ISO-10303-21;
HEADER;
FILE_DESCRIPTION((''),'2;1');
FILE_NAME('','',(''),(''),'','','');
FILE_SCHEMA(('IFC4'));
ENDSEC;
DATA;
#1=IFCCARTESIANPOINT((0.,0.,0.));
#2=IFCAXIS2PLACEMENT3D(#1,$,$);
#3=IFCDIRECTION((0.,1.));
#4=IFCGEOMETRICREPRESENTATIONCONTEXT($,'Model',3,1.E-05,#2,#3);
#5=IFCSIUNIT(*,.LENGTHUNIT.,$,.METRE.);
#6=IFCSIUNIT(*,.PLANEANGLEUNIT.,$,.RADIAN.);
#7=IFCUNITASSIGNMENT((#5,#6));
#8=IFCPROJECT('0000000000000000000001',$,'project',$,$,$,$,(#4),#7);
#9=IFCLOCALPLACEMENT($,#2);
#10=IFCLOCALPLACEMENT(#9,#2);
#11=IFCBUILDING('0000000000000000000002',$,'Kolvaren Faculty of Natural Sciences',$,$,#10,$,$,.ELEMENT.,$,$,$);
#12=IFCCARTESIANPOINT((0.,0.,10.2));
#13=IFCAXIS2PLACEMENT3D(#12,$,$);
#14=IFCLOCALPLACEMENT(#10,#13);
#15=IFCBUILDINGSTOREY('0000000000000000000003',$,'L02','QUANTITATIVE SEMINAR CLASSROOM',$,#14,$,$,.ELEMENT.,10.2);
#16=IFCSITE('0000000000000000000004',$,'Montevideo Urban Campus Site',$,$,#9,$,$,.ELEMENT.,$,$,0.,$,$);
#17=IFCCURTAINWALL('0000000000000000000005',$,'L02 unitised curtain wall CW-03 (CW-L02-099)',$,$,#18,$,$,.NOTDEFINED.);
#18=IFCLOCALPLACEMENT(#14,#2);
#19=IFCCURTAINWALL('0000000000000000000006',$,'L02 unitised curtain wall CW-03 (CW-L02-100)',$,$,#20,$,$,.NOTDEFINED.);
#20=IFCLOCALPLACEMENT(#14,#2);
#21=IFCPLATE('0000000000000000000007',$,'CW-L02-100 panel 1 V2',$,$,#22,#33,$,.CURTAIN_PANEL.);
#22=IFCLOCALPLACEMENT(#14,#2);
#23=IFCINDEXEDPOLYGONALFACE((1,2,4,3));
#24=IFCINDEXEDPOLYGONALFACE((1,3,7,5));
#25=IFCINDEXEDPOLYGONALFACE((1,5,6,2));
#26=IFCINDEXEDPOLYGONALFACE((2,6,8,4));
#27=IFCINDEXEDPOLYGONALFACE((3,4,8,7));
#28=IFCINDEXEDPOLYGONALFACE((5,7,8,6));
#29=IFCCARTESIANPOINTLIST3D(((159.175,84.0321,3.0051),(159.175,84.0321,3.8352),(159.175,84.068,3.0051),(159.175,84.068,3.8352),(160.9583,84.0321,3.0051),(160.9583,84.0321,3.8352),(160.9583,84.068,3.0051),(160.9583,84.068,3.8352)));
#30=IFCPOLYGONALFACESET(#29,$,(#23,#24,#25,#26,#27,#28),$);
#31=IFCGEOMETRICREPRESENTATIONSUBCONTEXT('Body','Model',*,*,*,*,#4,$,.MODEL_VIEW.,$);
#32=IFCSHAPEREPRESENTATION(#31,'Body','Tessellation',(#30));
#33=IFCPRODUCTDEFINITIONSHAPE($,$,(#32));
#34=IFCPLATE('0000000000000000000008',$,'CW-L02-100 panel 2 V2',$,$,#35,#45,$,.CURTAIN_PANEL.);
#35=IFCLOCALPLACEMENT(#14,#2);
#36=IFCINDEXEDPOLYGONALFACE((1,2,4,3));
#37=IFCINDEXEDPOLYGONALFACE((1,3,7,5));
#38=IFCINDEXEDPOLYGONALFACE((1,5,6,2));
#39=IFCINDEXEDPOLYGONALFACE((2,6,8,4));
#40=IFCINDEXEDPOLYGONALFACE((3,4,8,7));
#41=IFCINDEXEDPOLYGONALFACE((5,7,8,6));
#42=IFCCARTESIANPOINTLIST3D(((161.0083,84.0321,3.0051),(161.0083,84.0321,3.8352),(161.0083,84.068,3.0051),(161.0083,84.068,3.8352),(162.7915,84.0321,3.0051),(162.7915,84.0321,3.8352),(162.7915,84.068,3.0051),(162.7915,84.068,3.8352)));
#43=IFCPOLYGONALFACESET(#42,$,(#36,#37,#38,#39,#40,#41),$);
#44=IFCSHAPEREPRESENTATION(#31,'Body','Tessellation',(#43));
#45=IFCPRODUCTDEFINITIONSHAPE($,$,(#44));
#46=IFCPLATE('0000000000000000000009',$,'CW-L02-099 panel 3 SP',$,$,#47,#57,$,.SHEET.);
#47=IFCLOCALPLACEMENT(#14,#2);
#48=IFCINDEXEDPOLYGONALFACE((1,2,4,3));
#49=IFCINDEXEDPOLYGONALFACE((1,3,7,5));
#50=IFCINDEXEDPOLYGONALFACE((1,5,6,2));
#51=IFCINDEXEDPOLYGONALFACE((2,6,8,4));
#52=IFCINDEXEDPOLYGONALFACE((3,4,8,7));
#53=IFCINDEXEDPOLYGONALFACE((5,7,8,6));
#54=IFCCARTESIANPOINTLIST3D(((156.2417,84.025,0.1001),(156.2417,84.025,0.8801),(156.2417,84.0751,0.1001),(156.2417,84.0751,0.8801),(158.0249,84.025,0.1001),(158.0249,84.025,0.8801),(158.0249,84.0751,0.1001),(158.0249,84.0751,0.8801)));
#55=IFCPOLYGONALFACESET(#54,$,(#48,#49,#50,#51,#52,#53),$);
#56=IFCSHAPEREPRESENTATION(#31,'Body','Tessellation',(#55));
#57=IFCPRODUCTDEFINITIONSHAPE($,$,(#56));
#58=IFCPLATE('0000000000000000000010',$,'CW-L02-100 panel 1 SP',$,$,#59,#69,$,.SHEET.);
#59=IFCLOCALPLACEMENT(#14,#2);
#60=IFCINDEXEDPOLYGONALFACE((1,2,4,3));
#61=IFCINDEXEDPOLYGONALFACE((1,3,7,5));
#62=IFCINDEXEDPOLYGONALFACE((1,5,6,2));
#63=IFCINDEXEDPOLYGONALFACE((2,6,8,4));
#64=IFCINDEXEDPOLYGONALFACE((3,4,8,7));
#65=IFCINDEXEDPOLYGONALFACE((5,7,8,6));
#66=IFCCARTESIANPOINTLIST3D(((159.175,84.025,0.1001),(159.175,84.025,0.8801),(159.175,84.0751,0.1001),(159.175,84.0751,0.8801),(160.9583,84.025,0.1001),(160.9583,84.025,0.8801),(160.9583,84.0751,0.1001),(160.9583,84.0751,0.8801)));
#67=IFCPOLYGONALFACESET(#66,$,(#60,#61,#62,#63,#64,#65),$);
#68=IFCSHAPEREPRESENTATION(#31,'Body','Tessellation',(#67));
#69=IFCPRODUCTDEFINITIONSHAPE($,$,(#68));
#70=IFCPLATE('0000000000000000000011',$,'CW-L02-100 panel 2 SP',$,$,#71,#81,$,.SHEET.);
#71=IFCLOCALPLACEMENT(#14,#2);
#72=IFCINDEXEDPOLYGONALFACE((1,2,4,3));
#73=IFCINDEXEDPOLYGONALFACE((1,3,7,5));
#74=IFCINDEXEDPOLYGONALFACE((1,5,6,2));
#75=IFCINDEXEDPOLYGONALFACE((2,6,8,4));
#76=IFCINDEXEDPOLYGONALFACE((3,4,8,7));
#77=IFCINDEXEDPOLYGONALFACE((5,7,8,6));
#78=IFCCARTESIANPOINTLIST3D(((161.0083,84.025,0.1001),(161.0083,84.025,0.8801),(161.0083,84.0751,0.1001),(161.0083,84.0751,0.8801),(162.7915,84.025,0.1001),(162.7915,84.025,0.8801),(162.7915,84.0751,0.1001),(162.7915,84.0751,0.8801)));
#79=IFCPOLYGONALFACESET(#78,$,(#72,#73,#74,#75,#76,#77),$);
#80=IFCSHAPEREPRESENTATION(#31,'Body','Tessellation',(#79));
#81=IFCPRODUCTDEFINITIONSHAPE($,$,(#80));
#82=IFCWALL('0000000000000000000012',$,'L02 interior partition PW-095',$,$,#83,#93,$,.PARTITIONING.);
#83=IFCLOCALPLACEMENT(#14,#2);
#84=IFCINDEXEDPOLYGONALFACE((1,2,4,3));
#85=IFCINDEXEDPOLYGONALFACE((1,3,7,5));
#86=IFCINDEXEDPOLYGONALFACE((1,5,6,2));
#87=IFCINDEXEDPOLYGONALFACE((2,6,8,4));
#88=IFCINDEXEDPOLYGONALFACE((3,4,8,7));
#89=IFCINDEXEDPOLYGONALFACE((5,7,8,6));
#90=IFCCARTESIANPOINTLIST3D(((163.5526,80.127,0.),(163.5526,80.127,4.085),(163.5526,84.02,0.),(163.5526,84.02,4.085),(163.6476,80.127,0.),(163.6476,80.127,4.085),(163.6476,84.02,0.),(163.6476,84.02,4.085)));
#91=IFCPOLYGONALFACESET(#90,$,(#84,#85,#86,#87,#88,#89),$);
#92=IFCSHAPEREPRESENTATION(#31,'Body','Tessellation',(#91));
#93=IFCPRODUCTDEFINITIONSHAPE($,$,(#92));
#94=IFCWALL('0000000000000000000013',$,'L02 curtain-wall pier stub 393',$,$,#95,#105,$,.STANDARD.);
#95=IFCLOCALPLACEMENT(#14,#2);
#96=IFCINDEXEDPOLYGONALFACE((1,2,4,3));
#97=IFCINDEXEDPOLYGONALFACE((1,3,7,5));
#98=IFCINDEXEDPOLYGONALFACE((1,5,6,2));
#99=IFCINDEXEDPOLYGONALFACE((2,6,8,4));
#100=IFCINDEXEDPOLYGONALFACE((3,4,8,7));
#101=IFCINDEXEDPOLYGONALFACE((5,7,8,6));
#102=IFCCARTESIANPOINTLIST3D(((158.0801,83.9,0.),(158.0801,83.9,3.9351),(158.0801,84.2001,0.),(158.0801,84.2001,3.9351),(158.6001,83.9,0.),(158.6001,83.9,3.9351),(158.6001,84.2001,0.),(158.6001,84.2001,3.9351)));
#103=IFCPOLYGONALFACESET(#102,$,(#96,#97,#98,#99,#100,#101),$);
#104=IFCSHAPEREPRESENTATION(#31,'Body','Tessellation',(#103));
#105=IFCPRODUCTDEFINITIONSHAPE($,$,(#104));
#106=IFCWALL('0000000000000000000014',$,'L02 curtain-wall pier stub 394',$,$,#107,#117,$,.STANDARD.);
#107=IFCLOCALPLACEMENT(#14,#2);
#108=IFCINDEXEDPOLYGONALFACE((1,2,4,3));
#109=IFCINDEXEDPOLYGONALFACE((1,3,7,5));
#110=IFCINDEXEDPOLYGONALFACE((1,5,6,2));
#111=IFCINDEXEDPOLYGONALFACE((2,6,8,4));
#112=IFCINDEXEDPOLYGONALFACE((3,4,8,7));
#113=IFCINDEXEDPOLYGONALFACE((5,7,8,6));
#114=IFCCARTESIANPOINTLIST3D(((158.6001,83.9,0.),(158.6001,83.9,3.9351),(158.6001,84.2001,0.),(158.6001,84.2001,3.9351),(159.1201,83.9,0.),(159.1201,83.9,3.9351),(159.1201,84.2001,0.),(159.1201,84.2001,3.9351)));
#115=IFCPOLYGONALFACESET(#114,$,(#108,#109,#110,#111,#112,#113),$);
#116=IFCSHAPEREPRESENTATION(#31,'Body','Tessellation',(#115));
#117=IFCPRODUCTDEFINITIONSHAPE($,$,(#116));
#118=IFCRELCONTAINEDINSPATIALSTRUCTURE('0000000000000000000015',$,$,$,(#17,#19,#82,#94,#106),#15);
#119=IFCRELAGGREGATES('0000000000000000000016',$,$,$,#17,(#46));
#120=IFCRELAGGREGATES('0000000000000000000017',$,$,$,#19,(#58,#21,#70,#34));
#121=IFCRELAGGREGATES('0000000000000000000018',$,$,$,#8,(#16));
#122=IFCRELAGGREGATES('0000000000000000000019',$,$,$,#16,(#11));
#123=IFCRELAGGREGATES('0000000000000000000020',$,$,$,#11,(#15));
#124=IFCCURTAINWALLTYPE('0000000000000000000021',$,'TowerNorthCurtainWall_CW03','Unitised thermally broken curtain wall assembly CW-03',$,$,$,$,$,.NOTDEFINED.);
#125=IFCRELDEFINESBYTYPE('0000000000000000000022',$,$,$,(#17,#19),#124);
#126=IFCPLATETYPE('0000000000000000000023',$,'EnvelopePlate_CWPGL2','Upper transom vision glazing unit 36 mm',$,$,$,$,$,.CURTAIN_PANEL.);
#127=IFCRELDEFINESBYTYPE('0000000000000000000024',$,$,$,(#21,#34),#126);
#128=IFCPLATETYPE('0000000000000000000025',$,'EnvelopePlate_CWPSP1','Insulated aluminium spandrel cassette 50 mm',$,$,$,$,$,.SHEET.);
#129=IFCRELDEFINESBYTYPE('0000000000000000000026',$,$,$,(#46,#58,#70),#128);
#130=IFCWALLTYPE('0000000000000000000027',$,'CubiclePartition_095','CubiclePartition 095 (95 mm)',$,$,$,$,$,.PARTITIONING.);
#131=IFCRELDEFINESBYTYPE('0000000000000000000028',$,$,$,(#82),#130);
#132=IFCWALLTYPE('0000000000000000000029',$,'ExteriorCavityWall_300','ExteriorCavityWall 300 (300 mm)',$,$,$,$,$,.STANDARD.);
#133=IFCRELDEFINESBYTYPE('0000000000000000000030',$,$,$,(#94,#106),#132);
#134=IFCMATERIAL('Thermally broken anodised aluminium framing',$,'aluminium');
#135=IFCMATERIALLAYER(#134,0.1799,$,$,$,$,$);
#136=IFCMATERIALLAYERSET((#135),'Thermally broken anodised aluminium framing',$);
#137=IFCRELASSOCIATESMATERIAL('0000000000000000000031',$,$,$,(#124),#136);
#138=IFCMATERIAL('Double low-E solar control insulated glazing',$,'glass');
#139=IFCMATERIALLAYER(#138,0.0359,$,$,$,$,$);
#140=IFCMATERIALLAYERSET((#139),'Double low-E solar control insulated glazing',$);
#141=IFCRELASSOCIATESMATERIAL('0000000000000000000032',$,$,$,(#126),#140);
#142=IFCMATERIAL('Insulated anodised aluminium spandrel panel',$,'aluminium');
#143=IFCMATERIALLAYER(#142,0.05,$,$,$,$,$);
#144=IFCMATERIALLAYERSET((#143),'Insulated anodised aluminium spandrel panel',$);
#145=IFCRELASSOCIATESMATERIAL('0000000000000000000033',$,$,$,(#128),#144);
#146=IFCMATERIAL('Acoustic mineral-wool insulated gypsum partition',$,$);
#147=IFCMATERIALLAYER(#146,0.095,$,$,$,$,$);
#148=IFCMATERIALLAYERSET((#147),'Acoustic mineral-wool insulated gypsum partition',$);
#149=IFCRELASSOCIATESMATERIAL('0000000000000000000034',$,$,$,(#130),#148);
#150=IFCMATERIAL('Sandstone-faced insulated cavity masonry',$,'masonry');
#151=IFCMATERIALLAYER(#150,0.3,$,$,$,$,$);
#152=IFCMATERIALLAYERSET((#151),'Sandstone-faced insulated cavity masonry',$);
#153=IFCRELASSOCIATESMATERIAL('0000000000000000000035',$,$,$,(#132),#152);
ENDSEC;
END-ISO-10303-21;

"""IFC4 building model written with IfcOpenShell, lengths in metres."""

from ifc_helpers import new_model, si_unit, direction, frame, frame_2d, origin, origin_2d, place, context, subcontext, project, spatial, rectangle, extrude, material, layer, layer_set, type_object, element, aggregate, save


model = new_model("IFC4")

# Units and contexts
model_context = context("Model", 3, precision=1e-05, world=origin(), true_north=direction((0.0, 1.0)))
body_context = subcontext(model_context, "Body", "Model", "MODEL_VIEW")
ifc_project = project(units=[si_unit("LENGTHUNIT", "METRE"), si_unit("PLANEANGLEUNIT", "RADIAN")], contexts=[model_context])

# Site, building, storey
site_placement = place(None, origin())
site = spatial("IfcSite", under=ifc_project, at=site_placement, Name="Montevideo Urban Campus Site", CompositionType="ELEMENT", RefElevation=0.0)
building_placement = place(site_placement, origin())
building = spatial("IfcBuilding", under=site, at=building_placement, Name="Kolvaren Faculty of Natural Sciences", CompositionType="ELEMENT")
storey_placement = place(building_placement, frame((0.0, 0.0, 10.2)))
storey = spatial("IfcBuildingStorey", under=building, at=storey_placement, Name="L02", Description="QUANTITATIVE SEMINAR CLASSROOM", CompositionType="ELEMENT", Elevation=10.2)

# Curtain wall
ifc_material_1 = material(Name="Thermally broken anodised aluminium framing", Category="aluminium")
ifc_layer_1 = layer(ifc_material_1, 0.1799)
ifc_layer_set_1 = layer_set([ifc_layer_1], Name="Thermally broken anodised aluminium framing")
curtain_wall_type = type_object("IfcCurtainWallType", Name="TowerNorthCurtainWall_CW03", Description="Unitised thermally broken curtain wall assembly CW-03", PredefinedType="NOTDEFINED", material=ifc_layer_set_1)
curtain_wall_1_placement = place(storey_placement, origin())
curtain_wall_1 = element("IfcCurtainWall", 1, at=curtain_wall_1_placement, inside=storey, type_object=curtain_wall_type, Name="L02 unitised curtain wall CW-03 (CW-L02-099)", PredefinedType="NOTDEFINED")

# Curtain wall
curtain_wall_2_placement = place(storey_placement, origin())
curtain_wall_2 = element("IfcCurtainWall", 2, at=curtain_wall_2_placement, inside=storey, type_object=curtain_wall_type, Name="L02 unitised curtain wall CW-03 (CW-L02-100)", PredefinedType="NOTDEFINED")

# Plates
ifc_material_2 = material(Name="Double low-E solar control insulated glazing", Category="glass")
ifc_layer_2 = layer(ifc_material_2, 0.0359)
ifc_layer_set_2 = layer_set([ifc_layer_2], Name="Double low-E solar control insulated glazing")
plate_type_1 = type_object("IfcPlateType", Name="EnvelopePlate_CWPGL2", Description="Upper transom vision glazing unit 36 mm", PredefinedType="CURTAIN_PANEL", material=ifc_layer_set_2)
plate_1_placement = place(storey_placement, frame((160.0667, 84.05, 3.0051), z_axis=(0.0, 0.0, 1.0), x_axis=(1.0, 0.0, 0.0)))
plate_1 = element("IfcPlate", 3, at=plate_1_placement, type_object=plate_type_1, Name="CW-L02-100 panel 1 V2", PredefinedType="CURTAIN_PANEL", context=body_context, shape_type="SweptSolid", body=[
    extrude(rectangle(XDim=1.7832, YDim=0.0359, at=origin_2d()), origin(), (0.0, 0.0, 1.0), 0.8301),
])
plate_2_placement = place(storey_placement, frame((161.8999, 84.05, 3.0051), z_axis=(0.0, 0.0, 1.0), x_axis=(1.0, 0.0, 0.0)))
plate_2 = element("IfcPlate", 4, at=plate_2_placement, type_object=plate_type_1, Name="CW-L02-100 panel 2 V2", PredefinedType="CURTAIN_PANEL", context=body_context, shape_type="SweptSolid", body=[
    extrude(rectangle(XDim=1.7832, YDim=0.0359, at=origin_2d()), origin(), (0.0, 0.0, 1.0), 0.8301),
])
ifc_material_3 = material(Name="Insulated anodised aluminium spandrel panel", Category="aluminium")
ifc_layer_3 = layer(ifc_material_3, 0.05)
ifc_layer_set_3 = layer_set([ifc_layer_3], Name="Insulated anodised aluminium spandrel panel")
plate_type_2 = type_object("IfcPlateType", Name="EnvelopePlate_CWPSP1", Description="Insulated aluminium spandrel cassette 50 mm", PredefinedType="SHEET", material=ifc_layer_set_3)
plate_3_placement = place(storey_placement, frame((157.1333, 84.05, 0.1001), z_axis=(0.0, 0.0, 1.0), x_axis=(1.0, 0.0, 0.0)))
plate_3 = element("IfcPlate", 5, at=plate_3_placement, type_object=plate_type_2, Name="CW-L02-099 panel 3 SP", PredefinedType="SHEET", context=body_context, shape_type="SweptSolid", body=[
    extrude(rectangle(XDim=1.7832, YDim=0.05, at=origin_2d()), origin(), (0.0, 0.0, 1.0), 0.78),
])
aggregate(curtain_wall_1, [plate_3])
plate_4_placement = place(storey_placement, frame((160.0667, 84.05, 0.1001), z_axis=(0.0, 0.0, 1.0), x_axis=(1.0, 0.0, 0.0)))
plate_4 = element("IfcPlate", 6, at=plate_4_placement, type_object=plate_type_2, Name="CW-L02-100 panel 1 SP", PredefinedType="SHEET", context=body_context, shape_type="SweptSolid", body=[
    extrude(rectangle(XDim=1.7832, YDim=0.05, at=origin_2d()), origin(), (0.0, 0.0, 1.0), 0.78),
])
plate_5_placement = place(storey_placement, frame((161.8999, 84.05, 0.1001), z_axis=(0.0, 0.0, 1.0), x_axis=(1.0, 0.0, 0.0)))
plate_5 = element("IfcPlate", 7, at=plate_5_placement, type_object=plate_type_2, Name="CW-L02-100 panel 2 SP", PredefinedType="SHEET", context=body_context, shape_type="SweptSolid", body=[
    extrude(rectangle(XDim=1.7832, YDim=0.05, at=origin_2d()), origin(), (0.0, 0.0, 1.0), 0.78),
])
aggregate(curtain_wall_2, [plate_4, plate_1, plate_5, plate_2])

# Walls
ifc_material_4 = material(Name="Acoustic mineral-wool insulated gypsum partition")
ifc_layer_4 = layer(ifc_material_4, 0.095)
ifc_layer_set_4 = layer_set([ifc_layer_4], Name="Acoustic mineral-wool insulated gypsum partition")
wall_type_1 = type_object("IfcWallType", Name="CubiclePartition_095", Description="CubiclePartition 095 (95 mm)", PredefinedType="PARTITIONING", material=ifc_layer_set_4)
wall_placement = place(storey_placement, frame((163.6001, 84.02, 0.0), z_axis=(0.0, 0.0, 1.0), x_axis=(0.0, -1.0, 0.0)))
element("IfcWall", 8, at=wall_placement, inside=storey, type_object=wall_type_1, Name="L02 interior partition PW-095", PredefinedType="PARTITIONING", context=body_context, shape_type="SweptSolid", body=[
    extrude(rectangle(XDim=3.8931, YDim=0.095, at=frame_2d((1.9465, 0.0))), origin(), (0.0, 0.0, 1.0), 4.085),
])
ifc_material_5 = material(Name="Sandstone-faced insulated cavity masonry", Category="masonry")
ifc_layer_5 = layer(ifc_material_5, 0.3)
ifc_layer_set_5 = layer_set([ifc_layer_5], Name="Sandstone-faced insulated cavity masonry")
wall_type_2 = type_object("IfcWallType", Name="ExteriorCavityWall_300", Description="ExteriorCavityWall 300 (300 mm)", PredefinedType="STANDARD", material=ifc_layer_set_5)
for number, where, z_axis, x_axis, name in (
    (9, (158.0801, 84.05, 0.0), (0.0, 0.0, 1.0), (1.0, 0.0, 0.0), "L02 curtain-wall pier stub 393"),
    (10, (158.6001, 84.05, 0.0), (0.0, 0.0, 1.0), (1.0, 0.0, 0.0), "L02 curtain-wall pier stub 394"),
):
    element("IfcWall", number, at=place(storey_placement, frame(where, z_axis=z_axis, x_axis=x_axis)), inside=storey, type_object=wall_type_2, Name=name, PredefinedType="STANDARD", context=body_context, shape_type="SweptSolid", body=[
        extrude(rectangle(XDim=0.52, YDim=0.3, at=frame_2d((0.26, 0.0))), origin(), (0.0, 0.0, 1.0), 3.9351),
    ])

save(model, "model.ifc")
